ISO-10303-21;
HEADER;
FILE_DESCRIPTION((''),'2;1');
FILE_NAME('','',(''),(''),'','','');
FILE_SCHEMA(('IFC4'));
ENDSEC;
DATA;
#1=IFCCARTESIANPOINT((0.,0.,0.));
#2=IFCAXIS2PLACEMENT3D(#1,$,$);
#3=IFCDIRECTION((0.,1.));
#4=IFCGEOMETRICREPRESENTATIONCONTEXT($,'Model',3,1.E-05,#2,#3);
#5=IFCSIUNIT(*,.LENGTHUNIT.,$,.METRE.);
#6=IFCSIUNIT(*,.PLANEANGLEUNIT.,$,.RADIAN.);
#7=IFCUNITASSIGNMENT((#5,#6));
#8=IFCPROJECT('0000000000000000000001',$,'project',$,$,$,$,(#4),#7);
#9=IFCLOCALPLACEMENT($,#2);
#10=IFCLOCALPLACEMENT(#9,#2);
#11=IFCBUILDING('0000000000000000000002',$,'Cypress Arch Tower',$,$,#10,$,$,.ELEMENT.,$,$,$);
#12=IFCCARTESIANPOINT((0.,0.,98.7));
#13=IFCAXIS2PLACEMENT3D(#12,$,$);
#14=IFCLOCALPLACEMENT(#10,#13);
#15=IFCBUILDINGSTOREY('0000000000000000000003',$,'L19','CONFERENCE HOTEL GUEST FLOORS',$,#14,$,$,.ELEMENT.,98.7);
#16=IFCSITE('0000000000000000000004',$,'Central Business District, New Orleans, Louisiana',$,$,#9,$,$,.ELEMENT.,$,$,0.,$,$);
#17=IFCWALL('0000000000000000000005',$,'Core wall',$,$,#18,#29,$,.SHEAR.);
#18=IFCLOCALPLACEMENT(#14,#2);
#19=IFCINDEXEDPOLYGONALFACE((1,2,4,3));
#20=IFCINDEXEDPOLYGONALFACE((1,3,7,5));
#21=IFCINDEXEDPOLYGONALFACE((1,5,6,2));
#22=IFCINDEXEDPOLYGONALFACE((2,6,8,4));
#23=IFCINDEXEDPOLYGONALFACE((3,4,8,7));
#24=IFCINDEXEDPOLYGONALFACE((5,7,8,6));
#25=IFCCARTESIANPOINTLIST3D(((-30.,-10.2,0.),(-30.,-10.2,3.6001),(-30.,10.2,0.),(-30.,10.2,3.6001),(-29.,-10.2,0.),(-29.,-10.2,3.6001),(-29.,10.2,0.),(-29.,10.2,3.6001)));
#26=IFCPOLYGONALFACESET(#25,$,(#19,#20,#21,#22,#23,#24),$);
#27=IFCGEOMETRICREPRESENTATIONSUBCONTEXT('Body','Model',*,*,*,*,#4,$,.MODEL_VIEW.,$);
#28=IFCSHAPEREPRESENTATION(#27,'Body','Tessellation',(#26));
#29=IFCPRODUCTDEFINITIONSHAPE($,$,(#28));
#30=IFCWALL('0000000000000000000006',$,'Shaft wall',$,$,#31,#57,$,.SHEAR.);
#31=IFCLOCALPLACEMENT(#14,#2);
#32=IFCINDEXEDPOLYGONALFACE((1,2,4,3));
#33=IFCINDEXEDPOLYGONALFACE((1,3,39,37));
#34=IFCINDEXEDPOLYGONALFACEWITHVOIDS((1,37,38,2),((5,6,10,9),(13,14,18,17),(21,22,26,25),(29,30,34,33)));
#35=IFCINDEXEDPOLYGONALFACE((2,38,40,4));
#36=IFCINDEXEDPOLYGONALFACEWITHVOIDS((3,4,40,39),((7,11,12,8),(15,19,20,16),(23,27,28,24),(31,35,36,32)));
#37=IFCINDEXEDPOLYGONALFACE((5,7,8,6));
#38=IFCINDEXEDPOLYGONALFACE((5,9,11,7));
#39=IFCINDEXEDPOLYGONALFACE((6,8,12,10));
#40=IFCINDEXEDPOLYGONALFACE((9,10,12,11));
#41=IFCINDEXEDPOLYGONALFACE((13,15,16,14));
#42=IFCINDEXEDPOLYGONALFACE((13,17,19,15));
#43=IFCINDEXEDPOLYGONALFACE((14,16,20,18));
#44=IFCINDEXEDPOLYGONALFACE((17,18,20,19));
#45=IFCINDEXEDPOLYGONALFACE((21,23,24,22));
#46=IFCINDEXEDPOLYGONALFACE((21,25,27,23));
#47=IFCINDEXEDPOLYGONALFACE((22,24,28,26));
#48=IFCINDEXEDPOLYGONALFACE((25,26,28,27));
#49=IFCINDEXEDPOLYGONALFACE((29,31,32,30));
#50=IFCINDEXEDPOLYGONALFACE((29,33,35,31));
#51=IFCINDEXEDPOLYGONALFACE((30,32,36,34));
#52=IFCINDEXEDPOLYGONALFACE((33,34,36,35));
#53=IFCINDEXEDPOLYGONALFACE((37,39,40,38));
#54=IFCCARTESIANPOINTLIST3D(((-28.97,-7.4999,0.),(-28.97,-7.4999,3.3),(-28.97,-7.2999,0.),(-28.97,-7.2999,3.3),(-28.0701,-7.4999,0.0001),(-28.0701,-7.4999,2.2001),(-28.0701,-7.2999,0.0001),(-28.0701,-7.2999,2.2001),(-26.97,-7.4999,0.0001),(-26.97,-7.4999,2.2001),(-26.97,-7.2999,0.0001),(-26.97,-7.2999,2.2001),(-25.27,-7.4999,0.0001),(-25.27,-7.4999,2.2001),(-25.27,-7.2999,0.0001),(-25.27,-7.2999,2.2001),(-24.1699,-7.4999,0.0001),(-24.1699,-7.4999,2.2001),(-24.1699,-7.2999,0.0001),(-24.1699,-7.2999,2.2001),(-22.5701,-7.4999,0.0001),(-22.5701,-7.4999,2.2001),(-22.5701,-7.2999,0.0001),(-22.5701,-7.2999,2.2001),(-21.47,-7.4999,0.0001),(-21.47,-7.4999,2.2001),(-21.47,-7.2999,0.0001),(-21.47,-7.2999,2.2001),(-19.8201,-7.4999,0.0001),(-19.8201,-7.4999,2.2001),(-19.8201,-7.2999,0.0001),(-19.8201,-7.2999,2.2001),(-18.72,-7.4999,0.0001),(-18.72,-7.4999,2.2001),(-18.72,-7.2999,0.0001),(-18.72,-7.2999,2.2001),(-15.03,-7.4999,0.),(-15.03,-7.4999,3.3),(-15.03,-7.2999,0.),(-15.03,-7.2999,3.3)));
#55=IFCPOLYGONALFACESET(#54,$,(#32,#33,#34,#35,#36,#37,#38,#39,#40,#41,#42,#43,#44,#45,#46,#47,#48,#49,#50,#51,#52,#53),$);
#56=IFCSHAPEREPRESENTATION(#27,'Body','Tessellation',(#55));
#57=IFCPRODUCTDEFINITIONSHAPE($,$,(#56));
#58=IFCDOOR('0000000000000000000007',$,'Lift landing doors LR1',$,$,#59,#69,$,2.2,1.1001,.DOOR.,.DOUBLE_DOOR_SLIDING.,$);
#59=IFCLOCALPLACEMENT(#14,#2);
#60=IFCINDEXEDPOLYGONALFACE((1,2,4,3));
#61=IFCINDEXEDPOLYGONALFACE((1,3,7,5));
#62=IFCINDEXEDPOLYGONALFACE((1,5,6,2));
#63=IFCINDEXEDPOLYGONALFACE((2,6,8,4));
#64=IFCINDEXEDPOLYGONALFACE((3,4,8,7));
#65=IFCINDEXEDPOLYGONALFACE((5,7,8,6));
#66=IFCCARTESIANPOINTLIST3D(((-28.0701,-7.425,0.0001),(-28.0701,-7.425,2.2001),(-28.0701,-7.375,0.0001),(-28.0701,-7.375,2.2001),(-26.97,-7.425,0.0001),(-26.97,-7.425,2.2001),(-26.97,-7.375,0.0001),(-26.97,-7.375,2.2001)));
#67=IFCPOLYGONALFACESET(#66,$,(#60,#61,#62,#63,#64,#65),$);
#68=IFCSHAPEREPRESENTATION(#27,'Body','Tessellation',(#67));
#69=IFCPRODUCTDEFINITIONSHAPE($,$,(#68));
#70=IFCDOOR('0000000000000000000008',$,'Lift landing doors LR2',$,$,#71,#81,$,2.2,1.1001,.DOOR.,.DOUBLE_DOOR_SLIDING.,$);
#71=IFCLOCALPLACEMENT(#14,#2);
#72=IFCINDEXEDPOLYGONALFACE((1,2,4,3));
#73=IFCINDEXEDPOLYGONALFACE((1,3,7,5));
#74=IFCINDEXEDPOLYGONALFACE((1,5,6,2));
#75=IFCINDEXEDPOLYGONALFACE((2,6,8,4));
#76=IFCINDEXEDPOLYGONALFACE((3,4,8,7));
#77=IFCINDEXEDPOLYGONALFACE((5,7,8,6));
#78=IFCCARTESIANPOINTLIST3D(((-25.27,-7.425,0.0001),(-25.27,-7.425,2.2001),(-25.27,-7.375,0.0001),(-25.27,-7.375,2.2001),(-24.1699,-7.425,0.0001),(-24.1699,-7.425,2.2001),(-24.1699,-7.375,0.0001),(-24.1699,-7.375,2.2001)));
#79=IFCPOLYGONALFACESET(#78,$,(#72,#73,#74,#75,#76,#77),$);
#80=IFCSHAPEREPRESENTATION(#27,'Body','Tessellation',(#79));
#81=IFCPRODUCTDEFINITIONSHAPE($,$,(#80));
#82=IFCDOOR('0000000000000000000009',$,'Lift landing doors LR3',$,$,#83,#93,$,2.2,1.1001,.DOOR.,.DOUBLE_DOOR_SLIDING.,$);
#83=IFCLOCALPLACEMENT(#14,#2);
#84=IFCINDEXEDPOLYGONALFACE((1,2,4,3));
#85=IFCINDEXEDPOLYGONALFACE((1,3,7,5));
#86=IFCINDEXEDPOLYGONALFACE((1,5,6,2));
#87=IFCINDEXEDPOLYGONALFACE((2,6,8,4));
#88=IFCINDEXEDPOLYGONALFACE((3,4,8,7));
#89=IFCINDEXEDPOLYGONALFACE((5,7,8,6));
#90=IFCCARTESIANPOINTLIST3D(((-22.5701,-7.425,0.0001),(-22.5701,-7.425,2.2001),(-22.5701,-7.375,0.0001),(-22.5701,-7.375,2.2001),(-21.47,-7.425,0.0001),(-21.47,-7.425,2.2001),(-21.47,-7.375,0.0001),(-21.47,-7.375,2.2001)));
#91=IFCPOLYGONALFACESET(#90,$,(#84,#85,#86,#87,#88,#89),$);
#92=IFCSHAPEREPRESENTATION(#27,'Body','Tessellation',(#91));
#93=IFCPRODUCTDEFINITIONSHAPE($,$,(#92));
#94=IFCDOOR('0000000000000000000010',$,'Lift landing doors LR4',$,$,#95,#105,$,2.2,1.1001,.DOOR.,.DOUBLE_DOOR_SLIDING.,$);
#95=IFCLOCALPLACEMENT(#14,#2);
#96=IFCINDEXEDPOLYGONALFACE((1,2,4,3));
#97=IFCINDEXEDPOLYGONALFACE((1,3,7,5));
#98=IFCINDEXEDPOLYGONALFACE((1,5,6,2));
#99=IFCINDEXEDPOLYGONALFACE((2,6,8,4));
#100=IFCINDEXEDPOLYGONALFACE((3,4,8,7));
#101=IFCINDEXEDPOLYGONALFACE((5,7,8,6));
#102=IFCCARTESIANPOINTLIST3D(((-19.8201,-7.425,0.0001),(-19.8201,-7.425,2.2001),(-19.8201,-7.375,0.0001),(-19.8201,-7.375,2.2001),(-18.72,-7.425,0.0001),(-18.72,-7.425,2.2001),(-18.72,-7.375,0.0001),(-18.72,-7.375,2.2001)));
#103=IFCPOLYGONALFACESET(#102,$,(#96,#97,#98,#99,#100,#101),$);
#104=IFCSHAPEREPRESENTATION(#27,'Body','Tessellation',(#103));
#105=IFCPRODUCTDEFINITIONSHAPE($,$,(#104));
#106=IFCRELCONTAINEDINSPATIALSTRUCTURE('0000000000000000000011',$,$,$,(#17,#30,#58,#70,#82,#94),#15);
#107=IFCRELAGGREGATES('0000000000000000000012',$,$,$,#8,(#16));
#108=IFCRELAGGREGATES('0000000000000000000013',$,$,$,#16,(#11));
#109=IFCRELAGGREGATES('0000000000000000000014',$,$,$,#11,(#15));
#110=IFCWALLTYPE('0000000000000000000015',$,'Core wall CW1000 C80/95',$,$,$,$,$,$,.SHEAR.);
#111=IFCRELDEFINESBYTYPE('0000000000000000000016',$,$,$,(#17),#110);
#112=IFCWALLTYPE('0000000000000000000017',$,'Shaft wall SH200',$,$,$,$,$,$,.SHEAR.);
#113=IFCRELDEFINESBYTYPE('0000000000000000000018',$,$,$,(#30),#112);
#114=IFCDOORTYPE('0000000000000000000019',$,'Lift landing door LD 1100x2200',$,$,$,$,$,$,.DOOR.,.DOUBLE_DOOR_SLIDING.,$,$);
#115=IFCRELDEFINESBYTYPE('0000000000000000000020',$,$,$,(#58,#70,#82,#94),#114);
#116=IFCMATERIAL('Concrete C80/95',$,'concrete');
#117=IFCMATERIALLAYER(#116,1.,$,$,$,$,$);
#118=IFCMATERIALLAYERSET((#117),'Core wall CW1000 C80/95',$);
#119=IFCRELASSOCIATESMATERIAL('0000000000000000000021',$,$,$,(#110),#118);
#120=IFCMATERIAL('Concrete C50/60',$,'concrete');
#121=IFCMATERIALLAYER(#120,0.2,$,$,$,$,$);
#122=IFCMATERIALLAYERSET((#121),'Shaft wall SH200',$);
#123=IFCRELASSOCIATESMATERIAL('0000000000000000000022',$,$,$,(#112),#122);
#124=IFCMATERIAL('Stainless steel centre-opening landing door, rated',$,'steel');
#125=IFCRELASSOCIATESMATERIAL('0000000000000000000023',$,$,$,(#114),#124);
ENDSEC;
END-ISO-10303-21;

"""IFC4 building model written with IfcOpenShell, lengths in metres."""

from ifc_helpers import new_model, si_unit, direction, frame, frame_2d, origin, place, context, subcontext, project, spatial, rectangle, extrude, material, layer, layer_set, type_object, element, fill, save


model = new_model("IFC4")

# Units and contexts
model_context = context("Model", 3, precision=1e-05, world=origin(), true_north=direction((0.0, 1.0)))
body_context = subcontext(model_context, "Body", "Model", "MODEL_VIEW")
ifc_project = project(units=[si_unit("LENGTHUNIT", "METRE"), si_unit("PLANEANGLEUNIT", "RADIAN")], contexts=[model_context])

# Site, building, storey
site_placement = place(None, origin())
site = spatial("IfcSite", under=ifc_project, at=site_placement, Name="Central Business District, New Orleans, Louisiana", CompositionType="ELEMENT", RefElevation=0.0)
building_placement = place(site_placement, origin())
building = spatial("IfcBuilding", under=site, at=building_placement, Name="Cypress Arch Tower", CompositionType="ELEMENT")
storey_placement = place(building_placement, frame((0.0, 0.0, 98.7)))
storey = spatial("IfcBuildingStorey", under=building, at=storey_placement, Name="L19", Description="CONFERENCE HOTEL GUEST FLOORS", CompositionType="ELEMENT", Elevation=98.7)

# Wall
ifc_material_1 = material(Name="Concrete C80/95", Category="concrete")
ifc_layer_1 = layer(ifc_material_1, 1.0)
ifc_layer_set_1 = layer_set([ifc_layer_1], Name="Core wall CW1000 C80/95")
wall_type_1 = type_object("IfcWallType", Name="Core wall CW1000 C80/95", PredefinedType="SHEAR", material=ifc_layer_set_1)
wall_1_placement = place(storey_placement, frame((-29.5, -10.2, 0.0), z_axis=(0.0, 0.0, 1.0), x_axis=(0.0, 1.0, 0.0)))
element("IfcWall", 1, at=wall_1_placement, inside=storey, type_object=wall_type_1, Name="Core wall", PredefinedType="SHEAR", context=body_context, shape_type="SweptSolid", body=[
    extrude(rectangle(XDim=20.3999, YDim=1.0, at=frame_2d((10.2, 0.0))), origin(), (0.0, 0.0, 1.0), 3.6001),
])

# Wall, openings, doors
ifc_material_2 = material(Name="Concrete C50/60", Category="concrete")
ifc_layer_2 = layer(ifc_material_2, 0.2)
ifc_layer_set_2 = layer_set([ifc_layer_2], Name="Shaft wall SH200")
wall_type_2 = type_object("IfcWallType", Name="Shaft wall SH200", PredefinedType="SHEAR", material=ifc_layer_set_2)
wall_2_placement = place(storey_placement, frame((-28.97, -7.3999, 0.0), z_axis=(0.0, 0.0, 1.0), x_axis=(1.0, 0.0, 0.0)))
wall_2 = element("IfcWall", 2, at=wall_2_placement, inside=storey, type_object=wall_type_2, Name="Shaft wall", PredefinedType="SHEAR", context=body_context, shape_type="SweptSolid", body=[
    extrude(rectangle(XDim=13.9399, YDim=0.2, at=frame_2d((6.97, 0.0))), origin(), (0.0, 0.0, 1.0), 3.3),
])
opening_1_placement = place(wall_2_placement, frame((0.8999, 0.0, 0.0)))
opening_1 = element("IfcOpeningElement", 3, at=opening_1_placement, cuts=wall_2, PredefinedType="OPENING", context=body_context, shape_type="SweptSolid", body=[
    extrude(rectangle(XDim=1.1001, YDim=2.2, at=frame_2d((0.55, 1.1001))), frame((0.0, 0.1099, 0.0), z_axis=(0.0, -1.0, 0.0), x_axis=(1.0, 0.0, 0.0)), (0.0, 0.0, 1.0), 0.22),
])
opening_2_placement = place(wall_2_placement, frame((3.7, 0.0, 0.0)))
opening_2 = element("IfcOpeningElement", 4, at=opening_2_placement, cuts=wall_2, PredefinedType="OPENING", context=body_context, shape_type="SweptSolid", body=[
    extrude(rectangle(XDim=1.1001, YDim=2.2, at=frame_2d((0.55, 1.1001))), frame((0.0, 0.1099, 0.0), z_axis=(0.0, -1.0, 0.0), x_axis=(1.0, 0.0, 0.0)), (0.0, 0.0, 1.0), 0.22),
])
opening_3_placement = place(wall_2_placement, frame((6.3999, 0.0, 0.0)))
opening_3 = element("IfcOpeningElement", 5, at=opening_3_placement, cuts=wall_2, PredefinedType="OPENING", context=body_context, shape_type="SweptSolid", body=[
    extrude(rectangle(XDim=1.1001, YDim=2.2, at=frame_2d((0.55, 1.1001))), frame((0.0, 0.1099, 0.0), z_axis=(0.0, -1.0, 0.0), x_axis=(1.0, 0.0, 0.0)), (0.0, 0.0, 1.0), 0.22),
])
opening_4_placement = place(wall_2_placement, frame((9.1499, 0.0, 0.0)))
opening_4 = element("IfcOpeningElement", 6, at=opening_4_placement, cuts=wall_2, PredefinedType="OPENING", context=body_context, shape_type="SweptSolid", body=[
    extrude(rectangle(XDim=1.1001, YDim=2.2, at=frame_2d((0.55, 1.1001))), frame((0.0, 0.1099, 0.0), z_axis=(0.0, -1.0, 0.0), x_axis=(1.0, 0.0, 0.0)), (0.0, 0.0, 1.0), 0.22),
])
ifc_material_3 = material(Name="Stainless steel centre-opening landing door, rated", Category="steel")
door_type = type_object("IfcDoorType", Name="Lift landing door LD 1100x2200", OperationType="DOUBLE_DOOR_SLIDING", PredefinedType="DOOR", material=ifc_material_3)
door_1_placement = place(opening_1_placement, origin())
door_1 = element("IfcDoor", 7, at=door_1_placement, inside=storey, type_object=door_type, Name="Lift landing doors LR1", OperationType="DOUBLE_DOOR_SLIDING", OverallHeight=2.2, OverallWidth=1.1001, PredefinedType="DOOR", context=body_context, shape_type="SweptSolid", body=[
    extrude(rectangle(XDim=1.1001, YDim=2.2, at=frame_2d((0.55, 1.1001))), frame((0.0, 0.0249, 0.0), z_axis=(0.0, -1.0, 0.0), x_axis=(1.0, 0.0, 0.0)), (0.0, 0.0, 1.0), 0.05),
])
fill(opening_1, door_1)
door_2_placement = place(opening_2_placement, origin())
door_2 = element("IfcDoor", 8, at=door_2_placement, inside=storey, type_object=door_type, Name="Lift landing doors LR2", OperationType="DOUBLE_DOOR_SLIDING", OverallHeight=2.2, OverallWidth=1.1001, PredefinedType="DOOR", context=body_context, shape_type="SweptSolid", body=[
    extrude(rectangle(XDim=1.1001, YDim=2.2, at=frame_2d((0.55, 1.1001))), frame((0.0, 0.0249, 0.0), z_axis=(0.0, -1.0, 0.0), x_axis=(1.0, 0.0, 0.0)), (0.0, 0.0, 1.0), 0.05),
])
fill(opening_2, door_2)
door_3_placement = place(opening_3_placement, origin())
door_3 = element("IfcDoor", 9, at=door_3_placement, inside=storey, type_object=door_type, Name="Lift landing doors LR3", OperationType="DOUBLE_DOOR_SLIDING", OverallHeight=2.2, OverallWidth=1.1001, PredefinedType="DOOR", context=body_context, shape_type="SweptSolid", body=[
    extrude(rectangle(XDim=1.1001, YDim=2.2, at=frame_2d((0.55, 1.1001))), frame((0.0, 0.0249, 0.0), z_axis=(0.0, -1.0, 0.0), x_axis=(1.0, 0.0, 0.0)), (0.0, 0.0, 1.0), 0.05),
])
fill(opening_3, door_3)
door_4_placement = place(opening_4_placement, origin())
door_4 = element("IfcDoor", 10, at=door_4_placement, inside=storey, type_object=door_type, Name="Lift landing doors LR4", OperationType="DOUBLE_DOOR_SLIDING", OverallHeight=2.2, OverallWidth=1.1001, PredefinedType="DOOR", context=body_context, shape_type="SweptSolid", body=[
    extrude(rectangle(XDim=1.1001, YDim=2.2, at=frame_2d((0.55, 1.1001))), frame((0.0, 0.0249, 0.0), z_axis=(0.0, -1.0, 0.0), x_axis=(1.0, 0.0, 0.0)), (0.0, 0.0, 1.0), 0.05),
])
fill(opening_4, door_4)

save(model, "model.ifc")
